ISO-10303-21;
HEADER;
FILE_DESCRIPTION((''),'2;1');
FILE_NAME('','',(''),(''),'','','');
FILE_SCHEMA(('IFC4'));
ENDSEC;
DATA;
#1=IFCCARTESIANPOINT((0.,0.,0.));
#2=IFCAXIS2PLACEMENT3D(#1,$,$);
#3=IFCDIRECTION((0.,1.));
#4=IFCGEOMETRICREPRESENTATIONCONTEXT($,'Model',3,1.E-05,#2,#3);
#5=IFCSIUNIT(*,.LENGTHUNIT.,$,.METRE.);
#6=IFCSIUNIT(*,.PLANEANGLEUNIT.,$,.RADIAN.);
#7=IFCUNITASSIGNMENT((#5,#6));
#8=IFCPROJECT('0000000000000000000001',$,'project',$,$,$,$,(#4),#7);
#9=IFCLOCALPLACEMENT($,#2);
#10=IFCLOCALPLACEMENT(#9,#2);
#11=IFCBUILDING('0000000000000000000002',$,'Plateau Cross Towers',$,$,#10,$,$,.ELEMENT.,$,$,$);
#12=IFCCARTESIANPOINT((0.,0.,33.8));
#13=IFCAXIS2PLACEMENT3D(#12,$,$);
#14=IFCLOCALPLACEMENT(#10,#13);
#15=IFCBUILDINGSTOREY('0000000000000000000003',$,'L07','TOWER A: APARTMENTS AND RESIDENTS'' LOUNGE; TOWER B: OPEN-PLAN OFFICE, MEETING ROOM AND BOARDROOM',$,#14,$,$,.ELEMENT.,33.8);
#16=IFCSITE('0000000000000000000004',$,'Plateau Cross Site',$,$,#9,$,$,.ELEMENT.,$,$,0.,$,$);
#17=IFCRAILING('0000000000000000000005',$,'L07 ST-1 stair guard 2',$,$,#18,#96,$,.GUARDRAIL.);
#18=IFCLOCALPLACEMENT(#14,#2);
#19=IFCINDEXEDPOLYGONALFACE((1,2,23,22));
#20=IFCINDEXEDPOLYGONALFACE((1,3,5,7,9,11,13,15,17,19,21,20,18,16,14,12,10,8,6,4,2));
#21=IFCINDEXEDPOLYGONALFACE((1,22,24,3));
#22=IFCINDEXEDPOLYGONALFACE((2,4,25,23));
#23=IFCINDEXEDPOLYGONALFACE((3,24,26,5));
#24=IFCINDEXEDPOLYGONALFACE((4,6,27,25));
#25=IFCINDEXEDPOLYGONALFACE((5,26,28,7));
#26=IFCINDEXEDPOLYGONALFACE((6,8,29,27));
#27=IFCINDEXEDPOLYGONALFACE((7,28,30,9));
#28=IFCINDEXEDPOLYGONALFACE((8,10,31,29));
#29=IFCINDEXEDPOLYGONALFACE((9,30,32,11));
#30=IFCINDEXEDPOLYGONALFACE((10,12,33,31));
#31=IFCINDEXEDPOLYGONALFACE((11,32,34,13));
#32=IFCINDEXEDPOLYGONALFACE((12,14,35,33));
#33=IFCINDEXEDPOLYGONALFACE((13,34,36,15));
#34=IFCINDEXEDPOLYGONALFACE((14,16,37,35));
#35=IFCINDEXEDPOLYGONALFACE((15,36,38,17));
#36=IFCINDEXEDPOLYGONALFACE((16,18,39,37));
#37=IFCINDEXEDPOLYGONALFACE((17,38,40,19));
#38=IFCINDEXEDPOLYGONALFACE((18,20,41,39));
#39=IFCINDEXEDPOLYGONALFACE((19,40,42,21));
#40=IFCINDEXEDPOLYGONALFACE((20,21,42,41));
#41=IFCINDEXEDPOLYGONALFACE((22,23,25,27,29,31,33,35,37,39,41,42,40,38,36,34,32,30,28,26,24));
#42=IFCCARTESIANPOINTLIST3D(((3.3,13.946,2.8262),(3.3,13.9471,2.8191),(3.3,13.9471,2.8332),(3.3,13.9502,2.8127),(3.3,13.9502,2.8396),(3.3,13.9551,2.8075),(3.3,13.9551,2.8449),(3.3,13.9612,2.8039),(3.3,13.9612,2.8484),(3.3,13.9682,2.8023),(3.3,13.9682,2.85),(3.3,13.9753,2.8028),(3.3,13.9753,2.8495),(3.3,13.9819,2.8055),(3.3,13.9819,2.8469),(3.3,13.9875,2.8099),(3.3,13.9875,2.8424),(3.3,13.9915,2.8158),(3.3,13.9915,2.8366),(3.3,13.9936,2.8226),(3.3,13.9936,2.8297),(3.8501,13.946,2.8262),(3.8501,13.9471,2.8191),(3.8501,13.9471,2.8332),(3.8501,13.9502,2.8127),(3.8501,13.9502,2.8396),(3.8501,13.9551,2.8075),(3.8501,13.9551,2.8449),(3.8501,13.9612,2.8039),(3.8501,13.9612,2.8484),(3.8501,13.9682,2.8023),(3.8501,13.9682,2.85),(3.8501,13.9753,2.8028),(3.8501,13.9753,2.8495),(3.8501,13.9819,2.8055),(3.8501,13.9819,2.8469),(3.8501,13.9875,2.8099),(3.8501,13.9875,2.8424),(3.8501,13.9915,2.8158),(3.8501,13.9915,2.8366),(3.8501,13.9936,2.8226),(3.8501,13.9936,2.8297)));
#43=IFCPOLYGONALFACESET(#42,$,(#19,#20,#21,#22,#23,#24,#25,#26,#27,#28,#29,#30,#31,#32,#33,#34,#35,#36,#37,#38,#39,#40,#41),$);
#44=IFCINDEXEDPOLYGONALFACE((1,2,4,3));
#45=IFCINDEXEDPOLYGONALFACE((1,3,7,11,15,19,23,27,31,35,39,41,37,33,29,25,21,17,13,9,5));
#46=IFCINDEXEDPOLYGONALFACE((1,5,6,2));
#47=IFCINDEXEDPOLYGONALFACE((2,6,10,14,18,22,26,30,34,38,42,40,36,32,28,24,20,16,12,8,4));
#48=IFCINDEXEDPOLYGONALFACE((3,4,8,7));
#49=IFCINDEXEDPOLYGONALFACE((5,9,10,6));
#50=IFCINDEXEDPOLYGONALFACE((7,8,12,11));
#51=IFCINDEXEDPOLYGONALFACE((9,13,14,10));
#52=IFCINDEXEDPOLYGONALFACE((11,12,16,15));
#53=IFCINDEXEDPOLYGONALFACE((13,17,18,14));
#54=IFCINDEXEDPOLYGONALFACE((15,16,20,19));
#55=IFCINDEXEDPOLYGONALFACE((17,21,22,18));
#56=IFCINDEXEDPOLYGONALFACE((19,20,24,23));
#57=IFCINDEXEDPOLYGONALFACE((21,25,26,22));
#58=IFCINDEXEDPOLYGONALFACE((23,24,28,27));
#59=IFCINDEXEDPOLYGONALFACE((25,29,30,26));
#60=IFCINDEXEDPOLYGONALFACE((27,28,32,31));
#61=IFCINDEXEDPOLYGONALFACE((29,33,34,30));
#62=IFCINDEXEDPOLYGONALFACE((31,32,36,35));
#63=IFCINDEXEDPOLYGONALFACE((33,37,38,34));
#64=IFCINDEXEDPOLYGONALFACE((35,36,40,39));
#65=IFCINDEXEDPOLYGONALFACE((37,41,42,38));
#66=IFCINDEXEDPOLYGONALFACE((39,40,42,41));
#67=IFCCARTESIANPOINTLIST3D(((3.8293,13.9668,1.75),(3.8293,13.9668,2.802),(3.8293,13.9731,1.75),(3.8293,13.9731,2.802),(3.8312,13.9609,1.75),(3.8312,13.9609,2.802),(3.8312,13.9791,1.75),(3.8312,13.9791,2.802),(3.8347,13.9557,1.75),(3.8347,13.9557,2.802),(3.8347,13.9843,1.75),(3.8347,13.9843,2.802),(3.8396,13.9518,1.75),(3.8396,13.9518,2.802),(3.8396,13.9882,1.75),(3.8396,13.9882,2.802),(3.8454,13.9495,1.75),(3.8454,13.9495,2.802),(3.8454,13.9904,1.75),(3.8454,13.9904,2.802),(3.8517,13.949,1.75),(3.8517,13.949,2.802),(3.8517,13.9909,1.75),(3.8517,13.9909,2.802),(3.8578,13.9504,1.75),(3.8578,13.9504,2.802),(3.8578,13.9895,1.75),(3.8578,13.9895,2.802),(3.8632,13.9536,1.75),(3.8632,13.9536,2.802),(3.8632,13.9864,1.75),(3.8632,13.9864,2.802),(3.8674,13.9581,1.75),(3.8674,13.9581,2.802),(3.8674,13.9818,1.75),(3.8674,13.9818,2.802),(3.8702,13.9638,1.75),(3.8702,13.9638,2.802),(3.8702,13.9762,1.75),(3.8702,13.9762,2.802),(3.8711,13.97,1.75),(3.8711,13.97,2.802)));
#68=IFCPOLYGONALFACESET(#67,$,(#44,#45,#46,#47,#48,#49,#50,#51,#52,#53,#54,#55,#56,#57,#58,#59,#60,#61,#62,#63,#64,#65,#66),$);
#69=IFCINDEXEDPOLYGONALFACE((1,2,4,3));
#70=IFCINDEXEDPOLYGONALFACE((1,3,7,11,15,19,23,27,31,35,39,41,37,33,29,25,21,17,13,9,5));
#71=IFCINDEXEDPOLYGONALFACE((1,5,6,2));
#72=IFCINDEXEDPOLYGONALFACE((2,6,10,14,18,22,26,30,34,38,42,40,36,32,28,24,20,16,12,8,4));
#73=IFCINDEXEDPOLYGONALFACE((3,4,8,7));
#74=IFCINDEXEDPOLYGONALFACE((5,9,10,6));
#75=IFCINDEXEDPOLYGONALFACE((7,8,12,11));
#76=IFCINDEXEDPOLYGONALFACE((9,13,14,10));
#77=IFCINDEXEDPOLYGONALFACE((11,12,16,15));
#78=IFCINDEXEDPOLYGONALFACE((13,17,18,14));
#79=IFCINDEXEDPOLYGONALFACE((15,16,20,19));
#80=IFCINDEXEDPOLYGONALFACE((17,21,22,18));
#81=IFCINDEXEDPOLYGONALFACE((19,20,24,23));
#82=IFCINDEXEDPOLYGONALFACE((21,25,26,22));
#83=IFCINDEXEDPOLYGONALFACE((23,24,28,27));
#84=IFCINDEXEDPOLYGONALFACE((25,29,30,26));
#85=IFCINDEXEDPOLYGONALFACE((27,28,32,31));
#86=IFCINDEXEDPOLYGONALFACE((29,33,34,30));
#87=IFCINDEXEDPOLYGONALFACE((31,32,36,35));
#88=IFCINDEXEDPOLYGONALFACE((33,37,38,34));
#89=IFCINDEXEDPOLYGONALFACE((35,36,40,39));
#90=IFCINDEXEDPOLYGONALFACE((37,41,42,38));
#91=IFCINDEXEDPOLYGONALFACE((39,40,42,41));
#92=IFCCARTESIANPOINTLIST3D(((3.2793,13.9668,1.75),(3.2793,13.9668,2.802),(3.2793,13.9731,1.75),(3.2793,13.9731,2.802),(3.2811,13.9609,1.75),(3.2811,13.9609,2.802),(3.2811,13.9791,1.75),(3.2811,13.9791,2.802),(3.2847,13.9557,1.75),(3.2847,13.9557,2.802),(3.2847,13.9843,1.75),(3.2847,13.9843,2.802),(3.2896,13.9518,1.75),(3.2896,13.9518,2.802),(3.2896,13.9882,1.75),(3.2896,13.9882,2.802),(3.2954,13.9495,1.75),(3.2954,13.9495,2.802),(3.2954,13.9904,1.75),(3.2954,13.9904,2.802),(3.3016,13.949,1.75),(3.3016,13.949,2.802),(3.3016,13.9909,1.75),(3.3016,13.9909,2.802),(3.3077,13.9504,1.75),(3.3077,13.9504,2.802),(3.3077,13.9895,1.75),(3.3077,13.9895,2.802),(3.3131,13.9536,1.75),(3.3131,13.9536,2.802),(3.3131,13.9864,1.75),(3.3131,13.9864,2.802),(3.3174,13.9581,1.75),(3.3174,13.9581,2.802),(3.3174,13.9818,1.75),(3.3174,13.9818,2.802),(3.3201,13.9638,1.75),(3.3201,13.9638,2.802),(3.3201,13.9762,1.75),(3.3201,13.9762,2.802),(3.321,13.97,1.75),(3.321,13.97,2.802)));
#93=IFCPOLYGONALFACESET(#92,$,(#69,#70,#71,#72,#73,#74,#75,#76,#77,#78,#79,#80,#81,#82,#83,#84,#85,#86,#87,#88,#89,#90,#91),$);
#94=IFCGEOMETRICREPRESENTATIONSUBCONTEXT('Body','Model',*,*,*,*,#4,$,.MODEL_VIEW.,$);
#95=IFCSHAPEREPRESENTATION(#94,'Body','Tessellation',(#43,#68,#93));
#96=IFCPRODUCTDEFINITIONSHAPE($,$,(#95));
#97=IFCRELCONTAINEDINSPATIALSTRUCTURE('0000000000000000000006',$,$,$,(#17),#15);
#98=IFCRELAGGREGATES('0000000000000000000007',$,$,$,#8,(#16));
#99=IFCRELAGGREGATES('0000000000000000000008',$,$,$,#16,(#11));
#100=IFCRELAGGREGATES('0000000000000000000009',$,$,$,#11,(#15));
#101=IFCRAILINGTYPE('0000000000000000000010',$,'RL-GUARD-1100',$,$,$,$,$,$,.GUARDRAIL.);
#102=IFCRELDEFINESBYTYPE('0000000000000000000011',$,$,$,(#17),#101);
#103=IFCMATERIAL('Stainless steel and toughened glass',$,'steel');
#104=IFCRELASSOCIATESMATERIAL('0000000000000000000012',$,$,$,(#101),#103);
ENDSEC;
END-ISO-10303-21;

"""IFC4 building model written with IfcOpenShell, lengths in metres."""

from ifc_helpers import new_model, si_unit, direction, frame, origin, origin_2d, place, context, subcontext, project, spatial, circle, extrude, material, type_object, element, save


model = new_model("IFC4")

# Units and contexts
model_context = context("Model", 3, precision=1e-05, world=origin(), true_north=direction((0.0, 1.0)))
body_context = subcontext(model_context, "Body", "Model", "MODEL_VIEW")
ifc_project = project(units=[si_unit("LENGTHUNIT", "METRE"), si_unit("PLANEANGLEUNIT", "RADIAN")], contexts=[model_context])

# Site, building, storey
site_placement = place(None, origin())
site = spatial("IfcSite", under=ifc_project, at=site_placement, Name="Plateau Cross Site", CompositionType="ELEMENT", RefElevation=0.0)
building_placement = place(site_placement, origin())
building = spatial("IfcBuilding", under=site, at=building_placement, Name="Plateau Cross Towers", CompositionType="ELEMENT")
storey_placement = place(building_placement, frame((0.0, 0.0, 33.8)))
storey = spatial("IfcBuildingStorey", under=building, at=storey_placement, Name="L07", Description="TOWER A: APARTMENTS AND RESIDENTS' LOUNGE; TOWER B: OPEN-PLAN OFFICE, MEETING ROOM AND BOARDROOM", CompositionType="ELEMENT", Elevation=33.8)

# Railing
ifc_material_1 = material(Name="Stainless steel and toughened glass", Category="steel")
railing_type_1 = type_object("IfcRailingType", Name="RL-GUARD-1100", PredefinedType="GUARDRAIL", material=ifc_material_1)
railing_1_placement = place(storey_placement, frame((3.8501, 13.97, 1.75)))
element("IfcRailing", 1, at=railing_1_placement, inside=storey, type_object=railing_type_1, Name="L07 ST-1 stair guard 2", PredefinedType="GUARDRAIL", context=body_context, shape_type="SweptSolid", body=[
    extrude(circle(Radius=0.0239, at=origin_2d()), frame((0.0, 0.0, 1.0762), z_axis=(-1.0, 0.0, 0.0), x_axis=(0.0, -1.0, 0.0)), (0.0, 0.0, 1.0), 0.55),
    extrude(circle(Radius=0.021, at=origin_2d()), origin(), (0.0, 0.0, 1.0), 1.052),
    extrude(circle(Radius=0.021, at=origin_2d()), frame((-0.55, 0.0, 0.0)), (0.0, 0.0, 1.0), 1.052),
])

save(model, "model.ifc")
